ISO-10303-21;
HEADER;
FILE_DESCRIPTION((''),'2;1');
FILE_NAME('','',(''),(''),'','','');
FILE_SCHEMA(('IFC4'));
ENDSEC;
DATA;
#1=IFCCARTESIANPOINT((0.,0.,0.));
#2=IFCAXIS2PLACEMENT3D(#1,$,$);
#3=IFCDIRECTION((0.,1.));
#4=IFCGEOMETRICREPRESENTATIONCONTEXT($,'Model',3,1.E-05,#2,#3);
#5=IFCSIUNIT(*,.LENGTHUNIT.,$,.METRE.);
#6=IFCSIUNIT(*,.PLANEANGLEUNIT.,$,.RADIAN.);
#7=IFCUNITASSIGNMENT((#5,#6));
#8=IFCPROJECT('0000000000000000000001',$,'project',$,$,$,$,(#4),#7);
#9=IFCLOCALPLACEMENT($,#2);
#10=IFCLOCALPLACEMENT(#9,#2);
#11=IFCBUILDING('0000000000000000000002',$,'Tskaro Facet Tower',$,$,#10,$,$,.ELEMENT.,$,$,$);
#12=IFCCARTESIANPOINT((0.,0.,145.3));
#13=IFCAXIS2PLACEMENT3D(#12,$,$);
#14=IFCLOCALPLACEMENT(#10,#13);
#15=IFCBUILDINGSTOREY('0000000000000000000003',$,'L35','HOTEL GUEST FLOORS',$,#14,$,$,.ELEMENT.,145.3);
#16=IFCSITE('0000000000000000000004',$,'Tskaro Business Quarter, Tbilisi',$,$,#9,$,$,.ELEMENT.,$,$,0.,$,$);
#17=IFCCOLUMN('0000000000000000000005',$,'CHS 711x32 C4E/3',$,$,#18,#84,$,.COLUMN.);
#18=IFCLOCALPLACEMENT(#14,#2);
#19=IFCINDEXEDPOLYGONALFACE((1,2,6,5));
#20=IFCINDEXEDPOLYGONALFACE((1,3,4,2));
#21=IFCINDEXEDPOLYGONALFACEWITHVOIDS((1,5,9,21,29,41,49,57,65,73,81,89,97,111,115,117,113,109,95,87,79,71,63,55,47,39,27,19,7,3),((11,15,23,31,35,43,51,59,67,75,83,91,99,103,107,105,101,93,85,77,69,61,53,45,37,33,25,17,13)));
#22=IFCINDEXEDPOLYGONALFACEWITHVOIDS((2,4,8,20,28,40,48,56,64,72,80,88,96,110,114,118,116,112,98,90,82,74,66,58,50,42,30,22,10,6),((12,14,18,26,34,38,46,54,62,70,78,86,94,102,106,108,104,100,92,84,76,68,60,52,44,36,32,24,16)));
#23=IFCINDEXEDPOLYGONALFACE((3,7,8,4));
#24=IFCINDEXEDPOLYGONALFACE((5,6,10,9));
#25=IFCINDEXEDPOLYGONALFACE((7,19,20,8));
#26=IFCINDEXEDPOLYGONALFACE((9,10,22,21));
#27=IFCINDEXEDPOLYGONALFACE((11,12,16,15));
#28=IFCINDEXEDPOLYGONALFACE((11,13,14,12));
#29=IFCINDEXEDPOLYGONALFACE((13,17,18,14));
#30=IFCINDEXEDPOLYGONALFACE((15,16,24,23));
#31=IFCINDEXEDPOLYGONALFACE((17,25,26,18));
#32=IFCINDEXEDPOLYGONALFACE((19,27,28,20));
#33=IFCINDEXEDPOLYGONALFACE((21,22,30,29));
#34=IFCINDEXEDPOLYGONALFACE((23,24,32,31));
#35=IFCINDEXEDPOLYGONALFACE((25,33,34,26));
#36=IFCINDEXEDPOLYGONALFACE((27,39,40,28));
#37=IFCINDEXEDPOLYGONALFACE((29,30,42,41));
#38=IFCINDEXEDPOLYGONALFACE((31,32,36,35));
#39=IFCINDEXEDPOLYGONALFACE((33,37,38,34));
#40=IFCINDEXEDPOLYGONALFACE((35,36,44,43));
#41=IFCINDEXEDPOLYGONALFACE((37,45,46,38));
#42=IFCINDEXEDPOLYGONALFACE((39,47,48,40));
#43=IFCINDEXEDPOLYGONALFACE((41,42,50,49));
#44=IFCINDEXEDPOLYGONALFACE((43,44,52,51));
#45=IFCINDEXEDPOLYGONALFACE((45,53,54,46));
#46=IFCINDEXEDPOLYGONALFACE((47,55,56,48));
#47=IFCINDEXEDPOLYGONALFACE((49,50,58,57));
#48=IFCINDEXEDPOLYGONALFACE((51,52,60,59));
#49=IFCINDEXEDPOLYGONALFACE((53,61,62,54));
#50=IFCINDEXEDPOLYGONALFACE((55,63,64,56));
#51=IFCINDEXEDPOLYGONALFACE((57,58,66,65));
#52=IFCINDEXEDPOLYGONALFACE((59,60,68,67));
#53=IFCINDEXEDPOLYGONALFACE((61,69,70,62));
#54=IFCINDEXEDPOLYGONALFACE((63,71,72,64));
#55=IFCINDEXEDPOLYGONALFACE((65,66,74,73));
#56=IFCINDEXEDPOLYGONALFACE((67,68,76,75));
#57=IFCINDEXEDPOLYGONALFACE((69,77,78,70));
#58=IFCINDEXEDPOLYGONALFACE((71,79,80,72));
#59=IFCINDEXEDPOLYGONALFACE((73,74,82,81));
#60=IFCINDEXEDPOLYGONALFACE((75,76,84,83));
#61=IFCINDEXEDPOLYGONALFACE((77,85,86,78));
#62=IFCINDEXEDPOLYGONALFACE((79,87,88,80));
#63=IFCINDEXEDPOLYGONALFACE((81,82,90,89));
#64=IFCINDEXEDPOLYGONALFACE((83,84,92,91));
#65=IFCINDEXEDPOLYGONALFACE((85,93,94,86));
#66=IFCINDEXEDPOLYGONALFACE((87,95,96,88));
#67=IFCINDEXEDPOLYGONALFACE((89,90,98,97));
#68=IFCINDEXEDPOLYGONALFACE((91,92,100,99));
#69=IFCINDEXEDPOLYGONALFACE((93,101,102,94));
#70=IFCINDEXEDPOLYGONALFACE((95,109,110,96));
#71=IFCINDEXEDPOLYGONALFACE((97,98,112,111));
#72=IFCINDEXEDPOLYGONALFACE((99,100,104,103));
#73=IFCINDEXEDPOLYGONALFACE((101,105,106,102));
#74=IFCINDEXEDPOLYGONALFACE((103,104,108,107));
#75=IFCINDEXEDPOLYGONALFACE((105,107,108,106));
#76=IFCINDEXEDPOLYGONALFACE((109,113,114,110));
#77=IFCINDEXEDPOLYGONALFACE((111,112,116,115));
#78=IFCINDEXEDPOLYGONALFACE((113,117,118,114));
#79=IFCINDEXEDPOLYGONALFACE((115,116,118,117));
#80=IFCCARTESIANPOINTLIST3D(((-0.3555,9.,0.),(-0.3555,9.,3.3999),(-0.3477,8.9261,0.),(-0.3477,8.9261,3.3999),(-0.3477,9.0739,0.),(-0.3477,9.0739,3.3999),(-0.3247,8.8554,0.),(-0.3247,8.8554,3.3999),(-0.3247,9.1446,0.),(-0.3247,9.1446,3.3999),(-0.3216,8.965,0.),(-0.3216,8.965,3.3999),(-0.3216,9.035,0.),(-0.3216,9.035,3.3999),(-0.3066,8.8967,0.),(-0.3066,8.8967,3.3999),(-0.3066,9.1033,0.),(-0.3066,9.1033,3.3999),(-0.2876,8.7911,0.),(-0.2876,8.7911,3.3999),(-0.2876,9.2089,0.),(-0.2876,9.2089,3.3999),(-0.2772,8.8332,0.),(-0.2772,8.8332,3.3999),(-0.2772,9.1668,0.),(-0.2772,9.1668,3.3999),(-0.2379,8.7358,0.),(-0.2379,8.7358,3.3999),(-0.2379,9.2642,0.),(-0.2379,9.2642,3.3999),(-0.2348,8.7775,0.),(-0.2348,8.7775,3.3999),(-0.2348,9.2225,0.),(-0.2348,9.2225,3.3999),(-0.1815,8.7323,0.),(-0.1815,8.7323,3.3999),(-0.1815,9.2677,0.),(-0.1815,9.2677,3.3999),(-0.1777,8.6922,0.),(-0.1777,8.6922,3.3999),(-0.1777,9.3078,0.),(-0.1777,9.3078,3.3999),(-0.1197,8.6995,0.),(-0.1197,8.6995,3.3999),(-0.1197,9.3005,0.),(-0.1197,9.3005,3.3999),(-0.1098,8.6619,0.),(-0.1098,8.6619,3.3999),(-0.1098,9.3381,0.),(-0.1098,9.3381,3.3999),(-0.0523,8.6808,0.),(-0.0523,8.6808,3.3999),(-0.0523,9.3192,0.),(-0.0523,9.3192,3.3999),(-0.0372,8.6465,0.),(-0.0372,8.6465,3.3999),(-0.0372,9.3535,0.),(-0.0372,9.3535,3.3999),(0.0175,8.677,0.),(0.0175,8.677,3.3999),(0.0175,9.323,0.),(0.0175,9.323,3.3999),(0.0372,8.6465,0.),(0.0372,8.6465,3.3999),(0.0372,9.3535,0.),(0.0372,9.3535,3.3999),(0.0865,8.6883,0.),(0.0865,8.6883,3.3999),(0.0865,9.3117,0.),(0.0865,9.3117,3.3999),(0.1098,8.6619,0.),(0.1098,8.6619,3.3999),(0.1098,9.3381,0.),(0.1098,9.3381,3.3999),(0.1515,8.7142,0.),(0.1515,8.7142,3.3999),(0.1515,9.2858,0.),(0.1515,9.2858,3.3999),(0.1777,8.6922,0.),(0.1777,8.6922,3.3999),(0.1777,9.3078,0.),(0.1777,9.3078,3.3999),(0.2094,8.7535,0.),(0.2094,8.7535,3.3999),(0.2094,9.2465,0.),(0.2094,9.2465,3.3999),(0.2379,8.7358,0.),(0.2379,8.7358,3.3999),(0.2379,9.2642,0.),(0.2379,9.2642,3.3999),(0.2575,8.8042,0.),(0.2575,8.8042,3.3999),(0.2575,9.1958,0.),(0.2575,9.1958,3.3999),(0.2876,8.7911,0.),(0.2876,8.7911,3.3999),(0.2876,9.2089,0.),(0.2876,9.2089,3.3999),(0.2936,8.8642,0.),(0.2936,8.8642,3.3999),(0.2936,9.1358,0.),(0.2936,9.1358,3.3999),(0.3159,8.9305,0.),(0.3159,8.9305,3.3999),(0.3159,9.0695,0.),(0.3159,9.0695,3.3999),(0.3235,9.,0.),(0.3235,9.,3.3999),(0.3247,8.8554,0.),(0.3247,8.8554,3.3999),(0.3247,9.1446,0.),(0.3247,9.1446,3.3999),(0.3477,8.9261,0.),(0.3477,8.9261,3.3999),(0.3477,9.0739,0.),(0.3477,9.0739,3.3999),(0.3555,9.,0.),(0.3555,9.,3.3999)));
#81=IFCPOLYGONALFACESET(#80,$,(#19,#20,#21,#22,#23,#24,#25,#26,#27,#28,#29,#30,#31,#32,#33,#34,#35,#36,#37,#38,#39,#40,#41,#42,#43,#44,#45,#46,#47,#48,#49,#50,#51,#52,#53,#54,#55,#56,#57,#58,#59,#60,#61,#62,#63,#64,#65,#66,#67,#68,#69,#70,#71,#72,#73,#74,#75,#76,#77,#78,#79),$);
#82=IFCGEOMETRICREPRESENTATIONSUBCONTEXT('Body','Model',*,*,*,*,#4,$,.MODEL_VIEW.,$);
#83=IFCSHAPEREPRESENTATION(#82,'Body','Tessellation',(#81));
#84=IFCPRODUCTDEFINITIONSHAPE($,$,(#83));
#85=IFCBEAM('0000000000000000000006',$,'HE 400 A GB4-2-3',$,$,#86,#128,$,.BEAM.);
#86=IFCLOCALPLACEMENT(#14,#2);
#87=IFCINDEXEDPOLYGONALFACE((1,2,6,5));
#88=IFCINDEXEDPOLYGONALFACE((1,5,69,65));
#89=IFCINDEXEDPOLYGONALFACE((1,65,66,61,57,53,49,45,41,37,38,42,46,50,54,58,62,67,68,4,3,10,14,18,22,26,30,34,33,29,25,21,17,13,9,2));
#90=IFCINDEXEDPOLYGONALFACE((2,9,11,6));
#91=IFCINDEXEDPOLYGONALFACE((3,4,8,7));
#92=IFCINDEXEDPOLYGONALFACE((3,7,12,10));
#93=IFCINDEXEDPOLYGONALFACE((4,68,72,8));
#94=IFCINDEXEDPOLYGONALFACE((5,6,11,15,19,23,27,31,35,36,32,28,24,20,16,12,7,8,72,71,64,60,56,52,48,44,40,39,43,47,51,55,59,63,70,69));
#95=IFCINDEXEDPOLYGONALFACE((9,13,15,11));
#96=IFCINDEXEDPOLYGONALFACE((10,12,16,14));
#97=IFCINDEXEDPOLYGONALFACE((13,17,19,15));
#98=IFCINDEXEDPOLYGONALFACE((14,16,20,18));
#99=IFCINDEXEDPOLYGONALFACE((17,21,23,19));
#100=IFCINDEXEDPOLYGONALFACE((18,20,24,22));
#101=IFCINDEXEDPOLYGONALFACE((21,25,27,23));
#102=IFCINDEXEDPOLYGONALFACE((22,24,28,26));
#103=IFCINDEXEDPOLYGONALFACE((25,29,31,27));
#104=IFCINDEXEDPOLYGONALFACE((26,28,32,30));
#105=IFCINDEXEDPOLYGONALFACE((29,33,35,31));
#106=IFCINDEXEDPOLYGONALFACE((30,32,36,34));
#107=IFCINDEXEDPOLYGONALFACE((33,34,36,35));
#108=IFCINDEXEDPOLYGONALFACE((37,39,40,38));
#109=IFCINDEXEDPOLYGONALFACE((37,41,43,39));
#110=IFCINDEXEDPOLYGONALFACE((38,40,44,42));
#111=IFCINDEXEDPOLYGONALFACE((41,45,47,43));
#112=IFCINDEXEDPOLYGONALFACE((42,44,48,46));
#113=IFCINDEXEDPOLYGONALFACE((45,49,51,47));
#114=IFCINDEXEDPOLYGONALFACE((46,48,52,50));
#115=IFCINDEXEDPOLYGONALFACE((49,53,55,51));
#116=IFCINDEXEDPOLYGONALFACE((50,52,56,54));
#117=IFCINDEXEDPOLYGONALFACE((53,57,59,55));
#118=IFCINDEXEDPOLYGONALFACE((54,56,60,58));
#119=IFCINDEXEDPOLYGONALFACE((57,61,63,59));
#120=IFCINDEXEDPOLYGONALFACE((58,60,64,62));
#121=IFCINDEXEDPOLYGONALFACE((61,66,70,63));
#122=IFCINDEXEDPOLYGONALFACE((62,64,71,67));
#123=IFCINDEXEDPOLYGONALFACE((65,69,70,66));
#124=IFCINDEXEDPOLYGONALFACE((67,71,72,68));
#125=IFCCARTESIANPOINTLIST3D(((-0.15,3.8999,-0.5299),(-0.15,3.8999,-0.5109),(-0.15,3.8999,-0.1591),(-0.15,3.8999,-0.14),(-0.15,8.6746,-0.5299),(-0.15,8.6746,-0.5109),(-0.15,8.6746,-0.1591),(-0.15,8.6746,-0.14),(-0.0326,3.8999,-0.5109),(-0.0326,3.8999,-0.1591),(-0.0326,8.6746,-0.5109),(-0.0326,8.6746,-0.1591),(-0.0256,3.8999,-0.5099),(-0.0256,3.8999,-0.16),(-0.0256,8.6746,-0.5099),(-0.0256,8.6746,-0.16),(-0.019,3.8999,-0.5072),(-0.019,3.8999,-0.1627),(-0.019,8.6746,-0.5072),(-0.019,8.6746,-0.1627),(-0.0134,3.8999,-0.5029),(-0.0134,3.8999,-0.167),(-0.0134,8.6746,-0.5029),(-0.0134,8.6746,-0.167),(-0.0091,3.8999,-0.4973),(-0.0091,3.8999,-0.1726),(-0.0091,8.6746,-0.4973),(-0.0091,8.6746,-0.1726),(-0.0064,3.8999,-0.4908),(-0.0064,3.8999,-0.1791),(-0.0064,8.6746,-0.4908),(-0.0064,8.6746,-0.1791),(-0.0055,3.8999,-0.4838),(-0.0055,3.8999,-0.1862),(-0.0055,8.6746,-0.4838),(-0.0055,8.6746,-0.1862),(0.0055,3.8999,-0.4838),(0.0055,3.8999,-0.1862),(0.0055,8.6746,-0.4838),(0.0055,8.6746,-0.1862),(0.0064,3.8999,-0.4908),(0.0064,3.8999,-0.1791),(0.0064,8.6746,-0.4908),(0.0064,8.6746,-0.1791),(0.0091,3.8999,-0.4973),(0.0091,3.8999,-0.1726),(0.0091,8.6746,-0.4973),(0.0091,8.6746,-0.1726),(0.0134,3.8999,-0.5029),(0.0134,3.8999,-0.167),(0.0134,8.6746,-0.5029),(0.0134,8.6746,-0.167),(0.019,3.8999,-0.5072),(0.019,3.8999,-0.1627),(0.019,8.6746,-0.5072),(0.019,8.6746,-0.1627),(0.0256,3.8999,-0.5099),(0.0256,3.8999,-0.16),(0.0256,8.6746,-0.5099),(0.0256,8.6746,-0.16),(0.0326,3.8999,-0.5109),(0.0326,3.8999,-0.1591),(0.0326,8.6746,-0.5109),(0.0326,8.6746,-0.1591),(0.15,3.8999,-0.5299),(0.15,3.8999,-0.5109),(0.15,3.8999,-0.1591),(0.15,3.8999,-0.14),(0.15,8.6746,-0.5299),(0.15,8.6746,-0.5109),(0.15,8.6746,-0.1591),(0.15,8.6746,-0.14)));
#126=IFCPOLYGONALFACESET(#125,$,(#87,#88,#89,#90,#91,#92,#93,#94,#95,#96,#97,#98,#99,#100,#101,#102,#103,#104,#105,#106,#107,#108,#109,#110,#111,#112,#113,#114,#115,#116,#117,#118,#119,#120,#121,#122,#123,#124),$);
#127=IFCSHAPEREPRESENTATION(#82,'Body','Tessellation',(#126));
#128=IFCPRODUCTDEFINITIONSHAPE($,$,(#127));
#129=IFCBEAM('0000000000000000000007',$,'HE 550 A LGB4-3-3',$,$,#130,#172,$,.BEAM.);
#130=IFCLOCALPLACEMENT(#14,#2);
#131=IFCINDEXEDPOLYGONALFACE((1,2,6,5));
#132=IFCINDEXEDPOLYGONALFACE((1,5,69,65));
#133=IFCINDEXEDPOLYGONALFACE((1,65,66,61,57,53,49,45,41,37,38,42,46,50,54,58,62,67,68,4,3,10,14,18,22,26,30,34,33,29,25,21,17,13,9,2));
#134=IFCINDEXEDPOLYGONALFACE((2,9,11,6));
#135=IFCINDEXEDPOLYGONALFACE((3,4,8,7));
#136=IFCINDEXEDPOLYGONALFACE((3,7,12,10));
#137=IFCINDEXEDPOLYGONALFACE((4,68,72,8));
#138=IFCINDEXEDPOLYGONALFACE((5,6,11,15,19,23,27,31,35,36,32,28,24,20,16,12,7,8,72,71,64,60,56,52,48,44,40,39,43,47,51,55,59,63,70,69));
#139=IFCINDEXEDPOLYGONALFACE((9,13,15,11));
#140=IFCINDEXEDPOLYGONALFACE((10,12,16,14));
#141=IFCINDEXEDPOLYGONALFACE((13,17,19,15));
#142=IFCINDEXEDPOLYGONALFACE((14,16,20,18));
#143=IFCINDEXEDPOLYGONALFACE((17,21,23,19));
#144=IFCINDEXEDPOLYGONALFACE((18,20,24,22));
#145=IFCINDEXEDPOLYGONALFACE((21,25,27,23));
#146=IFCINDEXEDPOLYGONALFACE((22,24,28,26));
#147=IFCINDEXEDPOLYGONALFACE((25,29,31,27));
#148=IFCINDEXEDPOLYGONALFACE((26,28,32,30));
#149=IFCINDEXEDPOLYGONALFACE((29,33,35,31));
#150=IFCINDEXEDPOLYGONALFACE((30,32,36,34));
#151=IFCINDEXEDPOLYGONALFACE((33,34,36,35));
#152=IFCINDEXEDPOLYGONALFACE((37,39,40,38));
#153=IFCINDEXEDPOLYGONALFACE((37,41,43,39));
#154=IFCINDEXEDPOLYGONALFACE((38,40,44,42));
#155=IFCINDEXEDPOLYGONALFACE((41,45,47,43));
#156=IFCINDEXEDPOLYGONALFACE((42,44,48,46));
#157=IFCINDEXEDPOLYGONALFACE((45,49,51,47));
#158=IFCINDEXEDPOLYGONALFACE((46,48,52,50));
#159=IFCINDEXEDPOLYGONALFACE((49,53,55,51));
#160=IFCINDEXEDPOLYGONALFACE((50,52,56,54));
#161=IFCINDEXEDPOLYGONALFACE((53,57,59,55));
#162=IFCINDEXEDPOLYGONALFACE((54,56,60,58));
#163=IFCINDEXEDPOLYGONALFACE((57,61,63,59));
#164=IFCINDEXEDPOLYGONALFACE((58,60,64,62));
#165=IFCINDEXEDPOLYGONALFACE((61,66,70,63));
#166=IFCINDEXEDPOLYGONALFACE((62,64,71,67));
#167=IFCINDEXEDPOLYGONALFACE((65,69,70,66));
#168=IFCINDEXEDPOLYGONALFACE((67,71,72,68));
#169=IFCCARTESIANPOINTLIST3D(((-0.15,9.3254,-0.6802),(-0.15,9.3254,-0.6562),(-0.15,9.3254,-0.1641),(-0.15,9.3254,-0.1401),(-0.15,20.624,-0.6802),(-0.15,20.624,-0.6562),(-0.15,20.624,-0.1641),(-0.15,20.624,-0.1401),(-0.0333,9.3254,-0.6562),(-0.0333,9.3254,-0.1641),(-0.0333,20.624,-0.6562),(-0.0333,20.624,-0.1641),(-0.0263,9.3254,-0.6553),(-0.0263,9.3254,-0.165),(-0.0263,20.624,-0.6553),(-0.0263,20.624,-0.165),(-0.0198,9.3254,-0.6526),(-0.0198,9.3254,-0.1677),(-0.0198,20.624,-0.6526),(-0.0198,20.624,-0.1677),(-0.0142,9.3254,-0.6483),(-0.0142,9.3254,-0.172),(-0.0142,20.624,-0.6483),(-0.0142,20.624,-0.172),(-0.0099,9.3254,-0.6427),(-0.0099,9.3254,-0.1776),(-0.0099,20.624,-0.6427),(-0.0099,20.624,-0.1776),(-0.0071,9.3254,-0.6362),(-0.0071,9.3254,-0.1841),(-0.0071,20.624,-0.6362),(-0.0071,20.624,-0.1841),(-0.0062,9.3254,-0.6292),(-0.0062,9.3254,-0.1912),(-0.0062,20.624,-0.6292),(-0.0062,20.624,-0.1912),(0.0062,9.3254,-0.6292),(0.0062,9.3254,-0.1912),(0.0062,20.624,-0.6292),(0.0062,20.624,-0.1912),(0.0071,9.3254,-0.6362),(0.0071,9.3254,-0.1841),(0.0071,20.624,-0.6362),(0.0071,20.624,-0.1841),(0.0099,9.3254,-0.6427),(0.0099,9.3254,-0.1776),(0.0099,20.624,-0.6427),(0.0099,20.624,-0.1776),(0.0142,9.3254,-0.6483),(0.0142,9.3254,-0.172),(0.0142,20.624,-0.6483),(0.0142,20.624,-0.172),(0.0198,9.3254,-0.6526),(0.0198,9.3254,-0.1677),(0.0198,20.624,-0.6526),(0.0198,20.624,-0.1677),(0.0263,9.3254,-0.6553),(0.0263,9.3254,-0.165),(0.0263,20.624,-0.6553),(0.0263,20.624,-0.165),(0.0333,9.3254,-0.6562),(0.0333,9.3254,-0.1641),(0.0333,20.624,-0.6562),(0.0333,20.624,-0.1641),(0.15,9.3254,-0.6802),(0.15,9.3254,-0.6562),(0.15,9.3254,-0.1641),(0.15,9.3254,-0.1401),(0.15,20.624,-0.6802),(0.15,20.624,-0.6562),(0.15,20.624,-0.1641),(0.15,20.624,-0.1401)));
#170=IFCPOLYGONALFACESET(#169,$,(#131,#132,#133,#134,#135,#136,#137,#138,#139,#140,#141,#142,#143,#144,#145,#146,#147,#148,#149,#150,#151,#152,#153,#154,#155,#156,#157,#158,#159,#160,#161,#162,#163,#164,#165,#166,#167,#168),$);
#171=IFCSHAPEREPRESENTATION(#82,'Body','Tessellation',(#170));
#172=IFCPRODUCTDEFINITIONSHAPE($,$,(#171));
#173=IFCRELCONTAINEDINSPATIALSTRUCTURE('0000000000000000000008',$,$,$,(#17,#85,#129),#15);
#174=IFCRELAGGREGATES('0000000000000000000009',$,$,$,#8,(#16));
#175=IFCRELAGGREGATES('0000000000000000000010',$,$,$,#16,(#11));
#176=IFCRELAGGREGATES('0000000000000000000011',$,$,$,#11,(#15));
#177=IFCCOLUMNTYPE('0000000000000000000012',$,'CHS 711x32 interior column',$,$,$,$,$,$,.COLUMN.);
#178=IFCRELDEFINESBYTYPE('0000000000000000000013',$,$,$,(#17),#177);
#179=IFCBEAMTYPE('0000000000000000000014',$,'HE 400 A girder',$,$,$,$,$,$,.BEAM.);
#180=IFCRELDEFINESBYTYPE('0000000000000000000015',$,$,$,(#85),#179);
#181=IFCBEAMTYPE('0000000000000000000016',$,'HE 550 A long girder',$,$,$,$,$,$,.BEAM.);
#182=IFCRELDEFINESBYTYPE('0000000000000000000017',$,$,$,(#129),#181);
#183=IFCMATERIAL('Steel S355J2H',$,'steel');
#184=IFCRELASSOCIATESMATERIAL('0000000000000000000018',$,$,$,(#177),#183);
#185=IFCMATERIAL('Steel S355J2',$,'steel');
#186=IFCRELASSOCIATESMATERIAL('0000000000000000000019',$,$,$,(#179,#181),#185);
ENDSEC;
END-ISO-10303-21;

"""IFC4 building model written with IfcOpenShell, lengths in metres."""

from ifc_helpers import new_model, si_unit, direction, frame, origin, origin_2d, place, context, subcontext, project, spatial, hollow_circle, i_section, extrude, material, material_profile, profile_set, type_object, element, save


model = new_model("IFC4")

# Units and contexts
model_context = context("Model", 3, precision=1e-05, world=origin(), true_north=direction((0.0, 1.0)))
body_context = subcontext(model_context, "Body", "Model", "MODEL_VIEW")
ifc_project = project(units=[si_unit("LENGTHUNIT", "METRE"), si_unit("PLANEANGLEUNIT", "RADIAN")], contexts=[model_context])

# Site, building, storey
site_placement = place(None, origin())
site = spatial("IfcSite", under=ifc_project, at=site_placement, Name="Tskaro Business Quarter, Tbilisi", CompositionType="ELEMENT", RefElevation=0.0)
building_placement = place(site_placement, origin())
building = spatial("IfcBuilding", under=site, at=building_placement, Name="Tskaro Facet Tower", CompositionType="ELEMENT")
storey_placement = place(building_placement, frame((0.0, 0.0, 145.3)))
storey = spatial("IfcBuildingStorey", under=building, at=storey_placement, Name="L35", Description="HOTEL GUEST FLOORS", CompositionType="ELEMENT", Elevation=145.3)

# Column
ifc_material_1 = material(Name="Steel S355J2H", Category="steel")
ifc_material_profile_1 = material_profile(ifc_material_1, hollow_circle(Radius=0.3555, WallThickness=0.032, at=origin_2d()), Name="CHS 711x32")
ifc_profile_set_1 = profile_set([ifc_material_profile_1], Name="Steel S355J2H")
column_type = type_object("IfcColumnType", Name="CHS 711x32 interior column", PredefinedType="COLUMN", material=ifc_profile_set_1)
column_placement = place(storey_placement, frame((0.0, 9.0, 0.0), z_axis=(0.0, 0.0, 1.0), x_axis=(1.0, 0.0, 0.0)))
element("IfcColumn", 1, at=column_placement, inside=storey, type_object=column_type, Name="CHS 711x32 C4E/3", PredefinedType="COLUMN", context=body_context, shape_type="SweptSolid", body=[
    extrude(hollow_circle(Radius=0.3555, WallThickness=0.032, at=origin_2d()), origin(), (0.0, 0.0, 1.0), 3.3999),
])

# Beams
ifc_material_2 = material(Name="Steel S355J2", Category="steel")
ifc_material_profile_2 = material_profile(ifc_material_2, i_section(OverallWidth=0.3, OverallDepth=0.3899, WebThickness=0.011, FlangeThickness=0.019, FilletRadius=0.0271, at=origin_2d()), Name="HE 400 A")
ifc_profile_set_2 = profile_set([ifc_material_profile_2], Name="Steel S355J2")
beam_type_1 = type_object("IfcBeamType", Name="HE 400 A girder", PredefinedType="BEAM", material=ifc_profile_set_2)
beam_1_placement = place(storey_placement, frame((0.0, 3.8999, -0.335), z_axis=(0.0, 1.0, 0.0), x_axis=(-1.0, 0.0, 0.0)))
element("IfcBeam", 2, at=beam_1_placement, inside=storey, type_object=beam_type_1, Name="HE 400 A GB4-2-3", PredefinedType="BEAM", context=body_context, shape_type="SweptSolid", body=[
    extrude(i_section(OverallWidth=0.3, OverallDepth=0.3899, WebThickness=0.011, FlangeThickness=0.019, FilletRadius=0.0271, at=origin_2d()), origin(), (0.0, 0.0, 1.0), 4.7747),
])
ifc_material_profile_3 = material_profile(ifc_material_2, i_section(OverallWidth=0.3, OverallDepth=0.54, WebThickness=0.0125, FlangeThickness=0.0239, FilletRadius=0.0271, at=origin_2d()), Name="HE 550 A")
ifc_profile_set_3 = profile_set([ifc_material_profile_3], Name="Steel S355J2")
beam_type_2 = type_object("IfcBeamType", Name="HE 550 A long girder", PredefinedType="BEAM", material=ifc_profile_set_3)
beam_2_placement = place(storey_placement, frame((0.0, 9.3254, -0.4102), z_axis=(0.0, 1.0, 0.0), x_axis=(-1.0, 0.0, 0.0)))
element("IfcBeam", 3, at=beam_2_placement, inside=storey, type_object=beam_type_2, Name="HE 550 A LGB4-3-3", PredefinedType="BEAM", context=body_context, shape_type="SweptSolid", body=[
    extrude(i_section(OverallWidth=0.3, OverallDepth=0.54, WebThickness=0.0125, FlangeThickness=0.0239, FilletRadius=0.0271, at=origin_2d()), origin(), (0.0, 0.0, 1.0), 11.2986),
])

save(model, "model.ifc")
